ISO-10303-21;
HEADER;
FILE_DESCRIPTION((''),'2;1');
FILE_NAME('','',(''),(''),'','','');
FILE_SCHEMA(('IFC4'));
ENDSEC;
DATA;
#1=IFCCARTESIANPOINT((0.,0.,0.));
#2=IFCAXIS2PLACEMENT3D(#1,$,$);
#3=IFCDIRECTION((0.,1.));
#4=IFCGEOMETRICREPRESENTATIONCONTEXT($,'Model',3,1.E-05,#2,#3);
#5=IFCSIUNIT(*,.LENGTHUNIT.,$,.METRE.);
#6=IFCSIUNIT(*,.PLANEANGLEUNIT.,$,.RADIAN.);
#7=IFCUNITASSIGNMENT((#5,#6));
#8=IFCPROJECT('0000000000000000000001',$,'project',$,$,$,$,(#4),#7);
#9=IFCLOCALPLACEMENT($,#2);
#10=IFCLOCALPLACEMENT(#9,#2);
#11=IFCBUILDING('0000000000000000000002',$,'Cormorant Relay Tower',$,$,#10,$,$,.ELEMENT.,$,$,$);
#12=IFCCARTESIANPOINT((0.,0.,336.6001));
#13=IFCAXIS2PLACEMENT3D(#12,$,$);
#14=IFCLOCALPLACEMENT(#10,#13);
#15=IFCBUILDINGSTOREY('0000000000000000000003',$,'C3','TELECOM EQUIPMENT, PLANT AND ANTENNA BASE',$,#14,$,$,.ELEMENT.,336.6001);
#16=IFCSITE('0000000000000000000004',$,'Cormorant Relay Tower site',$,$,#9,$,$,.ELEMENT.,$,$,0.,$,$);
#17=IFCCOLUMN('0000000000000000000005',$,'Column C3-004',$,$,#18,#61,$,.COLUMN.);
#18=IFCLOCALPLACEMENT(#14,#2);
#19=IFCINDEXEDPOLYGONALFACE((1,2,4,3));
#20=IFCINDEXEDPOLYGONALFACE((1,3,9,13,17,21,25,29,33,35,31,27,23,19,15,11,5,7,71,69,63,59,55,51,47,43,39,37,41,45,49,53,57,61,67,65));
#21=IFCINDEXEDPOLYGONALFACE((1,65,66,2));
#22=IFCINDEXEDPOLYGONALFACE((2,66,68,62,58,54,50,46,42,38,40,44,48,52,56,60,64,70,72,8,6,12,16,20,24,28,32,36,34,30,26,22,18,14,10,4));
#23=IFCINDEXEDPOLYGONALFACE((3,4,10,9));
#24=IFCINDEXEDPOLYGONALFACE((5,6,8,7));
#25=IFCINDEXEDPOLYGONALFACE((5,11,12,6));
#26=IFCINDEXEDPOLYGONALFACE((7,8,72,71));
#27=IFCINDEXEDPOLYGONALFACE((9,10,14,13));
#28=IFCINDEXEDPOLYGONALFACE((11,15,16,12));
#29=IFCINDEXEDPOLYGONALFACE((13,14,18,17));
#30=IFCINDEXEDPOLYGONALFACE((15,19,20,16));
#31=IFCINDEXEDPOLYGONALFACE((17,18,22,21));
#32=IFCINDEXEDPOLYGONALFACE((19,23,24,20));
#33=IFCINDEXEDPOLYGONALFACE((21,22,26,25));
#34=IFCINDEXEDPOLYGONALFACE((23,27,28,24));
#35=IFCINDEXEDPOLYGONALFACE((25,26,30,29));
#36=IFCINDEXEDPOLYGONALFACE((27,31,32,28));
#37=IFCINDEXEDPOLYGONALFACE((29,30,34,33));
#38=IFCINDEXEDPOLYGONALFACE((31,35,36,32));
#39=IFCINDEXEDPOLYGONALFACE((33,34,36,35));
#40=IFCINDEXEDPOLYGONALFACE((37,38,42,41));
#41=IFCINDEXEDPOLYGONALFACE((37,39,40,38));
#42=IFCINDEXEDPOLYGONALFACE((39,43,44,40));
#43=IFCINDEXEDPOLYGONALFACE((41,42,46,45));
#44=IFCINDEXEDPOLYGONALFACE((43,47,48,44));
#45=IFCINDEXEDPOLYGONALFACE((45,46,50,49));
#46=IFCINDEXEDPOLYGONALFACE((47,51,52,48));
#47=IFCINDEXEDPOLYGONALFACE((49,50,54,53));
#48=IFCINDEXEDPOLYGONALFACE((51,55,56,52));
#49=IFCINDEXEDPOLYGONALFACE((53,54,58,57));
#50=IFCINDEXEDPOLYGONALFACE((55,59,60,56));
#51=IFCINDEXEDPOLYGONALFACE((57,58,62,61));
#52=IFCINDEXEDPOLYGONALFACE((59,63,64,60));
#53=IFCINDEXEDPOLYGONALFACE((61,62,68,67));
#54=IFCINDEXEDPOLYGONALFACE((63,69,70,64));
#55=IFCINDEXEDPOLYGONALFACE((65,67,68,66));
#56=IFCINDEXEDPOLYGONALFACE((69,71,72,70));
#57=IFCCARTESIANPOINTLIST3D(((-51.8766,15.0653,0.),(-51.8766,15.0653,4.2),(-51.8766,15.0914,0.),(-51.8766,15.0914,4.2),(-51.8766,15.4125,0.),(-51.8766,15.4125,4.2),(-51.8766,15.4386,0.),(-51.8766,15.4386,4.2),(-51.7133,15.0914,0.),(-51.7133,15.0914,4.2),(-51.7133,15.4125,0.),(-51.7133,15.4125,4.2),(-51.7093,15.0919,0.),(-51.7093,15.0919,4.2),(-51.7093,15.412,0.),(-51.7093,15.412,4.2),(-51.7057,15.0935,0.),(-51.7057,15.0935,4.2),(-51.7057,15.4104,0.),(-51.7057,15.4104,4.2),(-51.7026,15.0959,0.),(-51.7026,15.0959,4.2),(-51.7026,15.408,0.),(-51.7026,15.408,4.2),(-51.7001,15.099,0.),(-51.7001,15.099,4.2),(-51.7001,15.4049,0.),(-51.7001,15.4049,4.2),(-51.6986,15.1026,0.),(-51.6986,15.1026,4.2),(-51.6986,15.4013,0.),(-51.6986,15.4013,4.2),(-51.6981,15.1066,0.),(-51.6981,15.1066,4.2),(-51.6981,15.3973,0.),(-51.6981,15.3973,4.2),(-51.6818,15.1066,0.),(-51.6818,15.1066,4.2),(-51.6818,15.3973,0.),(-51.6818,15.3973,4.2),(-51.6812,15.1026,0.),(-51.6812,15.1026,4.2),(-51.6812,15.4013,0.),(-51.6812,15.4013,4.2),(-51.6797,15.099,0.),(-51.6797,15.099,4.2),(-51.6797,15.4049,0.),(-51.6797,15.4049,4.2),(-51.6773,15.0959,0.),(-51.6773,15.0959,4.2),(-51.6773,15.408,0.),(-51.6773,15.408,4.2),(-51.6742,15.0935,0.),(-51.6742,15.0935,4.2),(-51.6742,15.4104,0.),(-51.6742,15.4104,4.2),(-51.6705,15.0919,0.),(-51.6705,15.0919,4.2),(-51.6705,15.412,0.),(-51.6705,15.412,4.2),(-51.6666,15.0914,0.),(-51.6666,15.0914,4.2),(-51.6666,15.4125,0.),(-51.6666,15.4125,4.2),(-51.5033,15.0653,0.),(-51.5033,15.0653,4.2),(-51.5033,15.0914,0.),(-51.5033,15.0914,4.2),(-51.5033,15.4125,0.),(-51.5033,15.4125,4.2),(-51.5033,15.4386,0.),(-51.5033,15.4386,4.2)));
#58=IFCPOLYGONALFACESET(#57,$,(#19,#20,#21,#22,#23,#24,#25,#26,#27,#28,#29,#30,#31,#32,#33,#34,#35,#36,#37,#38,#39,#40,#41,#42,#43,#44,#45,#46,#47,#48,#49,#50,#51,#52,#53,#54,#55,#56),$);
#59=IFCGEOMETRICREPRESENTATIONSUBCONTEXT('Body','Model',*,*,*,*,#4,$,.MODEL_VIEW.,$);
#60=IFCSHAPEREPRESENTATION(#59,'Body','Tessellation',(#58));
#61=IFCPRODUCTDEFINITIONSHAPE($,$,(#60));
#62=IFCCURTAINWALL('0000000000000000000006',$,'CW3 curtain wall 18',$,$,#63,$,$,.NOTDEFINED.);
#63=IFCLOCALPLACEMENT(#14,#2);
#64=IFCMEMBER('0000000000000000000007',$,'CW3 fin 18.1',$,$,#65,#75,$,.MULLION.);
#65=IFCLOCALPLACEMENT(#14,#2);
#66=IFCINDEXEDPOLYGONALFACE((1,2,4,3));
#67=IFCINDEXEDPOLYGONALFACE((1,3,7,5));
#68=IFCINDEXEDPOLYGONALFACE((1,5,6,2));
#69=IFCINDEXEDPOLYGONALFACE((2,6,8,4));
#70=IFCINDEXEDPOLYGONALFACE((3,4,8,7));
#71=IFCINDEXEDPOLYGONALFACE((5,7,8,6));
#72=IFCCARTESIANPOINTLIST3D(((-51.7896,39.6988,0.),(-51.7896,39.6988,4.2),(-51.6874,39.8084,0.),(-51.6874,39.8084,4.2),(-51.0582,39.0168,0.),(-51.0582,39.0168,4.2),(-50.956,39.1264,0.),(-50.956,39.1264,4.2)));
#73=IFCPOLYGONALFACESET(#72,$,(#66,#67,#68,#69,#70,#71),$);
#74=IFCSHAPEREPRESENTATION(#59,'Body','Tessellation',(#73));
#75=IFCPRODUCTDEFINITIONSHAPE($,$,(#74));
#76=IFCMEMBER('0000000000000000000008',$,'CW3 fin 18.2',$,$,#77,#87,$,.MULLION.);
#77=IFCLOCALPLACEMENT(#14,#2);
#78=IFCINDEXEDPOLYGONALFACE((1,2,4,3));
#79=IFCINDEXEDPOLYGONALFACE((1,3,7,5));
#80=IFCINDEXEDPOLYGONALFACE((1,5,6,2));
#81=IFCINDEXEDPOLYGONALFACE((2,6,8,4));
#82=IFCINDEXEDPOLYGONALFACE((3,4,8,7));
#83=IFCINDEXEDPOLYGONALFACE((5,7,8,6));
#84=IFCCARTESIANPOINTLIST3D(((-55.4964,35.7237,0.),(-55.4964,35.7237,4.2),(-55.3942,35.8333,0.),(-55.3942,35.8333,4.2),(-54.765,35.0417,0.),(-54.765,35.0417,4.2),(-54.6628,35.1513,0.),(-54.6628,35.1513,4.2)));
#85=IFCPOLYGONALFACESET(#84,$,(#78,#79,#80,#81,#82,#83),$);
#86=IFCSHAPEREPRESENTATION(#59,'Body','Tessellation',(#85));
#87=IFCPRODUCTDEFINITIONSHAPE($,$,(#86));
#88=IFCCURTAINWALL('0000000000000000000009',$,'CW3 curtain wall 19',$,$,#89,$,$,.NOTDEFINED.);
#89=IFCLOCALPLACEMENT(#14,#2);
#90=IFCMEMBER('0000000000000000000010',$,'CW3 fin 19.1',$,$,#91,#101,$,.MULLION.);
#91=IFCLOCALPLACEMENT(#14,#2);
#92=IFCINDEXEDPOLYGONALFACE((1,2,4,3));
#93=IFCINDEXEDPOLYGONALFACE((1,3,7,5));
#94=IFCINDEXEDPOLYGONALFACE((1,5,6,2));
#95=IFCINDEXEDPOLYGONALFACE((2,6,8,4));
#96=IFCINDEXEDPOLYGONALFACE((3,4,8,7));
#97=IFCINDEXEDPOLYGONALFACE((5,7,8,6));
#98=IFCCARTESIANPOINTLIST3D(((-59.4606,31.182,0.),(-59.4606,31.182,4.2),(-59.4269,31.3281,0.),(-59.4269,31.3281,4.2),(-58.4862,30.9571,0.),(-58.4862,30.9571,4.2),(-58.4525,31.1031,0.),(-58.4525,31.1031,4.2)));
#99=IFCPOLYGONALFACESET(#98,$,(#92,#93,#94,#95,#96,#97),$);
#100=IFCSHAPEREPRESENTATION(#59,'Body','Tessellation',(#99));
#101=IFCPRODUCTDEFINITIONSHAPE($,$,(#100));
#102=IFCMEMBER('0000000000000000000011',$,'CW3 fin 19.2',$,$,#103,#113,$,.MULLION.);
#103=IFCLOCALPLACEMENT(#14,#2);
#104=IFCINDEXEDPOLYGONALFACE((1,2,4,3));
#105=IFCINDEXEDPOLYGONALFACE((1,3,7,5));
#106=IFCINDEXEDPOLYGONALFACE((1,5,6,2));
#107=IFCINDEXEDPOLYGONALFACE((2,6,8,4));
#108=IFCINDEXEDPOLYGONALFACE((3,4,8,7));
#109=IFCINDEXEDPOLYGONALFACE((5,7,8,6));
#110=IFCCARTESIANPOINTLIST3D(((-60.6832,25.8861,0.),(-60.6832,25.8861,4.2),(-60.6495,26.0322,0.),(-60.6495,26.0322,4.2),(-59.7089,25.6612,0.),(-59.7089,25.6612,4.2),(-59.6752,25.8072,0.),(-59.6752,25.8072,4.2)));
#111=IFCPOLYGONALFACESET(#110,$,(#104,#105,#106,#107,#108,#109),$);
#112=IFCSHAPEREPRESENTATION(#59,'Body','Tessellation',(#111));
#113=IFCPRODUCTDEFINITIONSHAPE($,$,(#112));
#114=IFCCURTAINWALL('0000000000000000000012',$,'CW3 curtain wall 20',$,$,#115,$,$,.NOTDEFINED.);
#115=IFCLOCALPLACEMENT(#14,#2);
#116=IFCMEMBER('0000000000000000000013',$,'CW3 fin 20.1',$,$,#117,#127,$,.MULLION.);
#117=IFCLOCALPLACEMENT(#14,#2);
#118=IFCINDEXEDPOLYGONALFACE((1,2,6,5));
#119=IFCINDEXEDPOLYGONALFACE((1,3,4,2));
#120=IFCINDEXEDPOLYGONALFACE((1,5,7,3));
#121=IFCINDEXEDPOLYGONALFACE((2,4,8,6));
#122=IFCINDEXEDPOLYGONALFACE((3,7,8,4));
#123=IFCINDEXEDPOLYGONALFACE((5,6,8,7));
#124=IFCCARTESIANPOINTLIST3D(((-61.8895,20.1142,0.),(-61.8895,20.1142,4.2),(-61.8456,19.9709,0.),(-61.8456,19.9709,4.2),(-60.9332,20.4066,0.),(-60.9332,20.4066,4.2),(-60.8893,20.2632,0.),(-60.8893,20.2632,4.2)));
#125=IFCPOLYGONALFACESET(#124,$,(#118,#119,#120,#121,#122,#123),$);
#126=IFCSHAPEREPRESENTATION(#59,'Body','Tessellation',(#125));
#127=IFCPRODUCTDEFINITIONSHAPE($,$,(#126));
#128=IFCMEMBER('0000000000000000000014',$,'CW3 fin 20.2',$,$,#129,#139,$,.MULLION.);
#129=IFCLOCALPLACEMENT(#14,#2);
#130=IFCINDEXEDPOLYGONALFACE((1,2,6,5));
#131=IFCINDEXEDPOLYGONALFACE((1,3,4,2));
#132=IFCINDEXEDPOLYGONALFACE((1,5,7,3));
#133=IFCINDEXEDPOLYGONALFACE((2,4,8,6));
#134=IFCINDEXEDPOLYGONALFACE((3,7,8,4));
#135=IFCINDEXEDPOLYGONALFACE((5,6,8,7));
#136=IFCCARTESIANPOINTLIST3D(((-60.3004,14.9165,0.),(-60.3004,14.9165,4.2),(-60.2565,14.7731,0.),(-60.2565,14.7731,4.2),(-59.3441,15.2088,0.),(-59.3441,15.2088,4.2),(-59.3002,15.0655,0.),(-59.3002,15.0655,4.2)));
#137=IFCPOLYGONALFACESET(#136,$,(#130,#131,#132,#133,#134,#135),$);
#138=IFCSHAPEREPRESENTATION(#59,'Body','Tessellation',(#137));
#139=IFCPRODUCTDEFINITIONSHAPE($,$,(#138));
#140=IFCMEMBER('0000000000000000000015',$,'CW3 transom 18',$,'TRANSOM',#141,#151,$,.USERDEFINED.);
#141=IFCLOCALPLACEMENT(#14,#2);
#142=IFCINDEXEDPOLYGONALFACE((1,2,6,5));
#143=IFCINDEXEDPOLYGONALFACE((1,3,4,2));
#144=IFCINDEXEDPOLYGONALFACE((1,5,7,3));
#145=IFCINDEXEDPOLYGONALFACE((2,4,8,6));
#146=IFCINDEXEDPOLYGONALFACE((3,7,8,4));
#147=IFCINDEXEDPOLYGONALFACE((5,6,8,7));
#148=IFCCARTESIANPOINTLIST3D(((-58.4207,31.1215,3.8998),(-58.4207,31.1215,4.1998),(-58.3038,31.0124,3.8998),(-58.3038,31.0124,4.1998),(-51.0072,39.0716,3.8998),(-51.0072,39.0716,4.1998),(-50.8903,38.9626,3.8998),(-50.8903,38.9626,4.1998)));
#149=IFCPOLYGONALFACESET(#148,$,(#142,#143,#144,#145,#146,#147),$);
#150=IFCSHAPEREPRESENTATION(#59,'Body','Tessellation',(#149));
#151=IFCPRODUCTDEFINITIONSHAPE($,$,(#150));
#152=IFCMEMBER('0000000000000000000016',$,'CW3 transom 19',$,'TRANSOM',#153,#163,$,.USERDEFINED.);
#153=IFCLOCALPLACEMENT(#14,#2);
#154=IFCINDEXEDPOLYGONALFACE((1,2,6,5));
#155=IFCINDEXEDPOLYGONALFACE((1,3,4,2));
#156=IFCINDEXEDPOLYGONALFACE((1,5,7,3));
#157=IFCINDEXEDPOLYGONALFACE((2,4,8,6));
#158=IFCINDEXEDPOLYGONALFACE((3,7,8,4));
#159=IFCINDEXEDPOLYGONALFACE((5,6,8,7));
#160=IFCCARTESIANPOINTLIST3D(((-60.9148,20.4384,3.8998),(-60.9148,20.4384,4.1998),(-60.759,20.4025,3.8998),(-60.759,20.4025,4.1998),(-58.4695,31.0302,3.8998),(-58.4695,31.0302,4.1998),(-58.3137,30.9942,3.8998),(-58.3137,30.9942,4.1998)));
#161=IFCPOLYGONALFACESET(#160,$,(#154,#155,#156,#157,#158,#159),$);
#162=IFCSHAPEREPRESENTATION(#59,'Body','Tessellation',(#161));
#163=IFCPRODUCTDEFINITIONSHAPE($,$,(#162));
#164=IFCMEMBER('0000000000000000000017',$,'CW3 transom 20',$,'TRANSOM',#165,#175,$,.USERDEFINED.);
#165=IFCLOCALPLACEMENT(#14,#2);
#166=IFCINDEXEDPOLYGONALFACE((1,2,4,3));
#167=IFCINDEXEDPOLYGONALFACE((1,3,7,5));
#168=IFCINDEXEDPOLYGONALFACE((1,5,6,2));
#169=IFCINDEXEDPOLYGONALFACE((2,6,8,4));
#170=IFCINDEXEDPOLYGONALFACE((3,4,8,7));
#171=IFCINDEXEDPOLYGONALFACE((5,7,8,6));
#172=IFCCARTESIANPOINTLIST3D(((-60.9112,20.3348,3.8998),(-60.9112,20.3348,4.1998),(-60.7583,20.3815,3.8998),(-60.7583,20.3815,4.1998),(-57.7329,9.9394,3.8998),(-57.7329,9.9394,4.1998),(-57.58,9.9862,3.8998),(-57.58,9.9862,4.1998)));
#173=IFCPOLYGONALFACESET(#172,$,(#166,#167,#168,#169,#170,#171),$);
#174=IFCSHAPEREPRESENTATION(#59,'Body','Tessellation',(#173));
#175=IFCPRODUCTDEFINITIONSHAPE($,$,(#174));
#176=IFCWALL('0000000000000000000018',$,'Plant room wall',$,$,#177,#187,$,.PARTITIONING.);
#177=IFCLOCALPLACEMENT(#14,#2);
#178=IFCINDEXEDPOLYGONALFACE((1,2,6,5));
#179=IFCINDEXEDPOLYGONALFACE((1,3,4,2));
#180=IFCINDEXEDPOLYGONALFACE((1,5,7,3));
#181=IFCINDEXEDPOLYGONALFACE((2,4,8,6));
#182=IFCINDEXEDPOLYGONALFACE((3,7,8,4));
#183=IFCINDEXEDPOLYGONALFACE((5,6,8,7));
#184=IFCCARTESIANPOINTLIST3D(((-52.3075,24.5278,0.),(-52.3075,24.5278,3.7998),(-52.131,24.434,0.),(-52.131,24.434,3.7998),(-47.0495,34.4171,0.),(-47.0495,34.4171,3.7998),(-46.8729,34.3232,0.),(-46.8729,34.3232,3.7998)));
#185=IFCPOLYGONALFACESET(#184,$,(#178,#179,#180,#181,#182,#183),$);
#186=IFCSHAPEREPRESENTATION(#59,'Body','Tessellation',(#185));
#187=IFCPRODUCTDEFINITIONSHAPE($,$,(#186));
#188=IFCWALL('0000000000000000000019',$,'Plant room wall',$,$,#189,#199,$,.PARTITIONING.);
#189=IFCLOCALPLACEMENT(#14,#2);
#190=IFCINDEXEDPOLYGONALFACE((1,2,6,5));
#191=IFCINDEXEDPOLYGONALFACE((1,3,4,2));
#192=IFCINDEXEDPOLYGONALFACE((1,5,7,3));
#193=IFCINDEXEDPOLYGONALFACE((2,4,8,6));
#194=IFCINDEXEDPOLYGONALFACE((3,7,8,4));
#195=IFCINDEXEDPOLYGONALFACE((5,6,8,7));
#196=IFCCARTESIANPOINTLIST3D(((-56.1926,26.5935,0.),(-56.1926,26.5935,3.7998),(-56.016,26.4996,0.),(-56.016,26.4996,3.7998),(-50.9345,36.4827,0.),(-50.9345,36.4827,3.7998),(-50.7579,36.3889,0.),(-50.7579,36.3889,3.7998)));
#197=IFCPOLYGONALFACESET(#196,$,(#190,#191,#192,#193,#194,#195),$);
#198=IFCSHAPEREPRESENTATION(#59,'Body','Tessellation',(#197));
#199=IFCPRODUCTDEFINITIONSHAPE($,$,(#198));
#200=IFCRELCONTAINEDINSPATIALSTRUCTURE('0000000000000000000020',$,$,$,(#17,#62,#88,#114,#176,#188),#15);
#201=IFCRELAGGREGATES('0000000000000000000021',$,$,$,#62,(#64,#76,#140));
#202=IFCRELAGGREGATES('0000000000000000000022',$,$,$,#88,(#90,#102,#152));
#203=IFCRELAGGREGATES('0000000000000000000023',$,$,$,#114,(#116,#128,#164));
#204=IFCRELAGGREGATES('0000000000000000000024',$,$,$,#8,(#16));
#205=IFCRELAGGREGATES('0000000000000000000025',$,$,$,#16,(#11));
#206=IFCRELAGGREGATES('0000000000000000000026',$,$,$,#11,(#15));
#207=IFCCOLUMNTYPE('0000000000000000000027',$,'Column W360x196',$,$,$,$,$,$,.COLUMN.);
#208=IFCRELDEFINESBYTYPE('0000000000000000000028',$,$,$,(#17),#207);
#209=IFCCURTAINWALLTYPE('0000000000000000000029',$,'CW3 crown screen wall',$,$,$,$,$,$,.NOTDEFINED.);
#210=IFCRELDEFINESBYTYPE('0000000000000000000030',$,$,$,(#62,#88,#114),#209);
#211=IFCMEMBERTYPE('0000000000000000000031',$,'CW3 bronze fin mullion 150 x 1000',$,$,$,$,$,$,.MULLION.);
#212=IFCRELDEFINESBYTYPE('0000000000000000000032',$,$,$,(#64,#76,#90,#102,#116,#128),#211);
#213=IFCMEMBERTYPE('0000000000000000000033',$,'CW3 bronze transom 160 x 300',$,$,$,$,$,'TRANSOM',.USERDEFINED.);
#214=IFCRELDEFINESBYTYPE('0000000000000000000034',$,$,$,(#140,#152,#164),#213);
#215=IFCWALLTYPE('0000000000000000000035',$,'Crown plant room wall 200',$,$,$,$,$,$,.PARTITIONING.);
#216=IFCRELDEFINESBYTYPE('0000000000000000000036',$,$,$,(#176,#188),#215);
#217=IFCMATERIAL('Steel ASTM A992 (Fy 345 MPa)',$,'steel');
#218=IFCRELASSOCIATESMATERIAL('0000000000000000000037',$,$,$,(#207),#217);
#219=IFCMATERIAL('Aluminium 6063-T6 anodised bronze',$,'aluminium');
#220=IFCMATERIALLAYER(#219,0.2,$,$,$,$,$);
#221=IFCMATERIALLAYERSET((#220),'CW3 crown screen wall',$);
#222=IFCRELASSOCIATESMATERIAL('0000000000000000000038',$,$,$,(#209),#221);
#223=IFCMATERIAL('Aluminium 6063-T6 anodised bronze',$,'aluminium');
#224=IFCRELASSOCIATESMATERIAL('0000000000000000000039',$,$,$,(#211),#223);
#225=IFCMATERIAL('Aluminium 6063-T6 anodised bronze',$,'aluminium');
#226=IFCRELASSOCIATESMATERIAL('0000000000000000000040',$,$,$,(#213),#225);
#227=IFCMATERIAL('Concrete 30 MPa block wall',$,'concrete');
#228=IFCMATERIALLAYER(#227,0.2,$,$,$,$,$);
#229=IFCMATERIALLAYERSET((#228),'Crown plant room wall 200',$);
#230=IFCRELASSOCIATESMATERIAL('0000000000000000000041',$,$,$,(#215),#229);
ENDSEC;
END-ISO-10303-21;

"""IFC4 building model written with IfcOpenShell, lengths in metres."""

from ifc_helpers import new_model, si_unit, direction, frame, frame_2d, origin, origin_2d, place, context, subcontext, project, spatial, rectangle, i_section, extrude, material, layer, layer_set, material_profile, profile_set, type_object, element, aggregate, save


model = new_model("IFC4")

# Units and contexts
model_context = context("Model", 3, precision=1e-05, world=origin(), true_north=direction((0.0, 1.0)))
body_context = subcontext(model_context, "Body", "Model", "MODEL_VIEW")
ifc_project = project(units=[si_unit("LENGTHUNIT", "METRE"), si_unit("PLANEANGLEUNIT", "RADIAN")], contexts=[model_context])

# Site, building, storey
site_placement = place(None, origin())
site = spatial("IfcSite", under=ifc_project, at=site_placement, Name="Cormorant Relay Tower site", CompositionType="ELEMENT", RefElevation=0.0)
building_placement = place(site_placement, origin())
building = spatial("IfcBuilding", under=site, at=building_placement, Name="Cormorant Relay Tower", CompositionType="ELEMENT")
storey_placement = place(building_placement, frame((0.0, 0.0, 336.6001)))
storey = spatial("IfcBuildingStorey", under=building, at=storey_placement, Name="C3", Description="TELECOM EQUIPMENT, PLANT AND ANTENNA BASE", CompositionType="ELEMENT", Elevation=336.6001)

# Column
ifc_material_1 = material(Name="Steel ASTM A992 (Fy 345 MPa)", Category="steel")
ifc_material_profile_1 = material_profile(ifc_material_1, i_section(OverallWidth=0.3733, OverallDepth=0.3733, WebThickness=0.0164, FlangeThickness=0.0261, FilletRadius=0.0151, at=origin_2d()), Name="W360x196")
ifc_profile_set_1 = profile_set([ifc_material_profile_1], Name="Steel ASTM A992 (Fy 345 MPa)")
column_type = type_object("IfcColumnType", Name="Column W360x196", PredefinedType="COLUMN", material=ifc_profile_set_1)
column_placement = place(storey_placement, frame((-51.6899, 15.252, 0.0), z_axis=(0.0, 0.0, 1.0), x_axis=(1.0, 0.0, 0.0)))
element("IfcColumn", 1, at=column_placement, inside=storey, type_object=column_type, Name="Column C3-004", PredefinedType="COLUMN", context=body_context, shape_type="SweptSolid", body=[
    extrude(i_section(OverallWidth=0.3733, OverallDepth=0.3733, WebThickness=0.0164, FlangeThickness=0.0261, FilletRadius=0.0151, at=origin_2d()), origin(), (0.0, 0.0, 1.0), 4.2),
])

# Curtain walls, members
ifc_material_2 = material(Name="Aluminium 6063-T6 anodised bronze", Category="aluminium")
ifc_layer_1 = layer(ifc_material_2, 0.2)
ifc_layer_set_1 = layer_set([ifc_layer_1], Name="CW3 crown screen wall")
curtain_wall_type = type_object("IfcCurtainWallType", Name="CW3 crown screen wall", PredefinedType="NOTDEFINED", material=ifc_layer_set_1)
curtain_wall_1_placement = place(storey_placement, origin())
curtain_wall_1 = element("IfcCurtainWall", 2, at=curtain_wall_1_placement, inside=storey, type_object=curtain_wall_type, Name="CW3 curtain wall 18", PredefinedType="NOTDEFINED")
ifc_material_3 = material(Name="Aluminium 6063-T6 anodised bronze", Category="aluminium")
ifc_material_profile_2 = material_profile(ifc_material_3, rectangle(XDim=0.1499, YDim=1.0, at=origin_2d()), Name="AL 150x1000")
ifc_profile_set_2 = profile_set([ifc_material_profile_2], Name="Aluminium 6063-T6 anodised bronze")
member_type_1 = type_object("IfcMemberType", Name="CW3 bronze fin mullion 150 x 1000", PredefinedType="MULLION", material=ifc_profile_set_2)
member_1_placement = place(storey_placement, frame((-51.3728, 39.4126, 0.0), z_axis=(0.0, 0.0, 1.0), x_axis=(-0.681998, -0.731354, 0.0)))
member_1 = element("IfcMember", 3, at=member_1_placement, type_object=member_type_1, Name="CW3 fin 18.1", PredefinedType="MULLION", context=body_context, shape_type="SweptSolid", body=[
    extrude(rectangle(XDim=0.1499, YDim=1.0, at=origin_2d()), origin(), (0.0, 0.0, 1.0), 4.2),
])
member_2_placement = place(storey_placement, frame((-55.0796, 35.4375, 0.0), z_axis=(0.0, 0.0, 1.0), x_axis=(-0.681998, -0.731354, 0.0)))
member_2 = element("IfcMember", 4, at=member_2_placement, type_object=member_type_1, Name="CW3 fin 18.2", PredefinedType="MULLION", context=body_context, shape_type="SweptSolid", body=[
    extrude(rectangle(XDim=0.1499, YDim=1.0, at=origin_2d()), origin(), (0.0, 0.0, 1.0), 4.2),
])
curtain_wall_2_placement = place(storey_placement, origin())
curtain_wall_2 = element("IfcCurtainWall", 5, at=curtain_wall_2_placement, inside=storey, type_object=curtain_wall_type, Name="CW3 curtain wall 19", PredefinedType="NOTDEFINED")
member_3_placement = place(storey_placement, frame((-58.9565, 31.1426, 0.0), z_axis=(0.0, 0.0, 1.0), x_axis=(-0.224951, -0.97437, 0.0)))
member_3 = element("IfcMember", 6, at=member_3_placement, type_object=member_type_1, Name="CW3 fin 19.1", PredefinedType="MULLION", context=body_context, shape_type="SweptSolid", body=[
    extrude(rectangle(XDim=0.1499, YDim=1.0, at=origin_2d()), origin(), (0.0, 0.0, 1.0), 4.2),
])
member_4_placement = place(storey_placement, frame((-60.1792, 25.8467, 0.0), z_axis=(0.0, 0.0, 1.0), x_axis=(-0.224951, -0.97437, 0.0)))
member_4 = element("IfcMember", 7, at=member_4_placement, type_object=member_type_1, Name="CW3 fin 19.2", PredefinedType="MULLION", context=body_context, shape_type="SweptSolid", body=[
    extrude(rectangle(XDim=0.1499, YDim=1.0, at=origin_2d()), origin(), (0.0, 0.0, 1.0), 4.2),
])
curtain_wall_3_placement = place(storey_placement, origin())
curtain_wall_3 = element("IfcCurtainWall", 8, at=curtain_wall_3_placement, inside=storey, type_object=curtain_wall_type, Name="CW3 curtain wall 20", PredefinedType="NOTDEFINED")
member_5_placement = place(storey_placement, frame((-61.3894, 20.1887, 0.0), z_axis=(0.0, 0.0, 1.0), x_axis=(0.292372, -0.956305, 0.0)))
member_5 = element("IfcMember", 9, at=member_5_placement, type_object=member_type_1, Name="CW3 fin 20.1", PredefinedType="MULLION", context=body_context, shape_type="SweptSolid", body=[
    extrude(rectangle(XDim=0.1499, YDim=1.0, at=origin_2d()), origin(), (0.0, 0.0, 1.0), 4.2),
])
member_6_placement = place(storey_placement, frame((-59.8003, 14.991, 0.0), z_axis=(0.0, 0.0, 1.0), x_axis=(0.292372, -0.956305, 0.0)))
member_6 = element("IfcMember", 10, at=member_6_placement, type_object=member_type_1, Name="CW3 fin 20.2", PredefinedType="MULLION", context=body_context, shape_type="SweptSolid", body=[
    extrude(rectangle(XDim=0.1499, YDim=1.0, at=origin_2d()), origin(), (0.0, 0.0, 1.0), 4.2),
])

# Members
ifc_material_4 = material(Name="Aluminium 6063-T6 anodised bronze", Category="aluminium")
ifc_material_profile_3 = material_profile(ifc_material_4, rectangle(XDim=0.1599, YDim=0.3, at=origin_2d()), Name="AL 160x300")
ifc_profile_set_3 = profile_set([ifc_material_profile_3], Name="Aluminium 6063-T6 anodised bronze")
member_type_2 = type_object("IfcMemberType", Name="CW3 bronze transom 160 x 300", ElementType="TRANSOM", PredefinedType="USERDEFINED", material=ifc_profile_set_3)
member_7_placement = place(storey_placement, frame((-50.9487, 39.0171, 4.0498), z_axis=(-0.681993, -0.731358, 0.0), x_axis=(0.731358, -0.681993, 0.0)))
member_7 = element("IfcMember", 11, at=member_7_placement, type_object=member_type_2, Name="CW3 transom 18", ObjectType="TRANSOM", PredefinedType="USERDEFINED", context=body_context, shape_type="SweptSolid", body=[
    extrude(rectangle(XDim=0.1599, YDim=0.3, at=origin_2d()), origin(), (0.0, 0.0, 1.0), 10.8704),
])
member_8_placement = place(storey_placement, frame((-58.3916, 31.0122, 4.0498), z_axis=(-0.224951, -0.97437, 0.0), x_axis=(0.97437, -0.224951, 0.0)))
member_8 = element("IfcMember", 12, at=member_8_placement, type_object=member_type_2, Name="CW3 transom 19", ObjectType="TRANSOM", PredefinedType="USERDEFINED", context=body_context, shape_type="SweptSolid", body=[
    extrude(rectangle(XDim=0.1599, YDim=0.3, at=origin_2d()), origin(), (0.0, 0.0, 1.0), 10.8704),
])
member_9_placement = place(storey_placement, frame((-60.8347, 20.3582, 4.0498), z_axis=(0.292378, -0.956303, 0.0), x_axis=(0.956303, 0.292378, 0.0)))
member_9 = element("IfcMember", 13, at=member_9_placement, type_object=member_type_2, Name="CW3 transom 20", ObjectType="TRANSOM", PredefinedType="USERDEFINED", context=body_context, shape_type="SweptSolid", body=[
    extrude(rectangle(XDim=0.1599, YDim=0.3, at=origin_2d()), origin(), (0.0, 0.0, 1.0), 10.8704),
])

# Walls
ifc_material_5 = material(Name="Concrete 30 MPa block wall", Category="concrete")
ifc_layer_2 = layer(ifc_material_5, 0.2)
ifc_layer_set_2 = layer_set([ifc_layer_2], Name="Crown plant room wall 200")
wall_type_1 = type_object("IfcWallType", Name="Crown plant room wall 200", PredefinedType="PARTITIONING", material=ifc_layer_set_2)
for number, where, z_axis, x_axis, name in (
    (14, (-46.9612, 34.3701, 0.0), (0.0, 0.0, 1.0), (-0.469464, -0.882951, 0.0), "Plant room wall"),
    (15, (-50.8462, 36.4358, 0.0), (0.0, 0.0, 1.0), (-0.469464, -0.882951, 0.0), "Plant room wall"),
):
    element("IfcWall", number, at=place(storey_placement, frame(where, z_axis=z_axis, x_axis=x_axis)), inside=storey, type_object=wall_type_1, Name=name, PredefinedType="PARTITIONING", context=body_context, shape_type="SweptSolid", body=[
        extrude(rectangle(XDim=11.2002, YDim=0.2, at=frame_2d((5.6001, 0.0))), origin(), (0.0, 0.0, 1.0), 3.7998),
    ])

aggregate(curtain_wall_1, [member_1, member_2, member_7])
aggregate(curtain_wall_2, [member_3, member_4, member_8])
aggregate(curtain_wall_3, [member_5, member_6, member_9])

save(model, "model.ifc")
